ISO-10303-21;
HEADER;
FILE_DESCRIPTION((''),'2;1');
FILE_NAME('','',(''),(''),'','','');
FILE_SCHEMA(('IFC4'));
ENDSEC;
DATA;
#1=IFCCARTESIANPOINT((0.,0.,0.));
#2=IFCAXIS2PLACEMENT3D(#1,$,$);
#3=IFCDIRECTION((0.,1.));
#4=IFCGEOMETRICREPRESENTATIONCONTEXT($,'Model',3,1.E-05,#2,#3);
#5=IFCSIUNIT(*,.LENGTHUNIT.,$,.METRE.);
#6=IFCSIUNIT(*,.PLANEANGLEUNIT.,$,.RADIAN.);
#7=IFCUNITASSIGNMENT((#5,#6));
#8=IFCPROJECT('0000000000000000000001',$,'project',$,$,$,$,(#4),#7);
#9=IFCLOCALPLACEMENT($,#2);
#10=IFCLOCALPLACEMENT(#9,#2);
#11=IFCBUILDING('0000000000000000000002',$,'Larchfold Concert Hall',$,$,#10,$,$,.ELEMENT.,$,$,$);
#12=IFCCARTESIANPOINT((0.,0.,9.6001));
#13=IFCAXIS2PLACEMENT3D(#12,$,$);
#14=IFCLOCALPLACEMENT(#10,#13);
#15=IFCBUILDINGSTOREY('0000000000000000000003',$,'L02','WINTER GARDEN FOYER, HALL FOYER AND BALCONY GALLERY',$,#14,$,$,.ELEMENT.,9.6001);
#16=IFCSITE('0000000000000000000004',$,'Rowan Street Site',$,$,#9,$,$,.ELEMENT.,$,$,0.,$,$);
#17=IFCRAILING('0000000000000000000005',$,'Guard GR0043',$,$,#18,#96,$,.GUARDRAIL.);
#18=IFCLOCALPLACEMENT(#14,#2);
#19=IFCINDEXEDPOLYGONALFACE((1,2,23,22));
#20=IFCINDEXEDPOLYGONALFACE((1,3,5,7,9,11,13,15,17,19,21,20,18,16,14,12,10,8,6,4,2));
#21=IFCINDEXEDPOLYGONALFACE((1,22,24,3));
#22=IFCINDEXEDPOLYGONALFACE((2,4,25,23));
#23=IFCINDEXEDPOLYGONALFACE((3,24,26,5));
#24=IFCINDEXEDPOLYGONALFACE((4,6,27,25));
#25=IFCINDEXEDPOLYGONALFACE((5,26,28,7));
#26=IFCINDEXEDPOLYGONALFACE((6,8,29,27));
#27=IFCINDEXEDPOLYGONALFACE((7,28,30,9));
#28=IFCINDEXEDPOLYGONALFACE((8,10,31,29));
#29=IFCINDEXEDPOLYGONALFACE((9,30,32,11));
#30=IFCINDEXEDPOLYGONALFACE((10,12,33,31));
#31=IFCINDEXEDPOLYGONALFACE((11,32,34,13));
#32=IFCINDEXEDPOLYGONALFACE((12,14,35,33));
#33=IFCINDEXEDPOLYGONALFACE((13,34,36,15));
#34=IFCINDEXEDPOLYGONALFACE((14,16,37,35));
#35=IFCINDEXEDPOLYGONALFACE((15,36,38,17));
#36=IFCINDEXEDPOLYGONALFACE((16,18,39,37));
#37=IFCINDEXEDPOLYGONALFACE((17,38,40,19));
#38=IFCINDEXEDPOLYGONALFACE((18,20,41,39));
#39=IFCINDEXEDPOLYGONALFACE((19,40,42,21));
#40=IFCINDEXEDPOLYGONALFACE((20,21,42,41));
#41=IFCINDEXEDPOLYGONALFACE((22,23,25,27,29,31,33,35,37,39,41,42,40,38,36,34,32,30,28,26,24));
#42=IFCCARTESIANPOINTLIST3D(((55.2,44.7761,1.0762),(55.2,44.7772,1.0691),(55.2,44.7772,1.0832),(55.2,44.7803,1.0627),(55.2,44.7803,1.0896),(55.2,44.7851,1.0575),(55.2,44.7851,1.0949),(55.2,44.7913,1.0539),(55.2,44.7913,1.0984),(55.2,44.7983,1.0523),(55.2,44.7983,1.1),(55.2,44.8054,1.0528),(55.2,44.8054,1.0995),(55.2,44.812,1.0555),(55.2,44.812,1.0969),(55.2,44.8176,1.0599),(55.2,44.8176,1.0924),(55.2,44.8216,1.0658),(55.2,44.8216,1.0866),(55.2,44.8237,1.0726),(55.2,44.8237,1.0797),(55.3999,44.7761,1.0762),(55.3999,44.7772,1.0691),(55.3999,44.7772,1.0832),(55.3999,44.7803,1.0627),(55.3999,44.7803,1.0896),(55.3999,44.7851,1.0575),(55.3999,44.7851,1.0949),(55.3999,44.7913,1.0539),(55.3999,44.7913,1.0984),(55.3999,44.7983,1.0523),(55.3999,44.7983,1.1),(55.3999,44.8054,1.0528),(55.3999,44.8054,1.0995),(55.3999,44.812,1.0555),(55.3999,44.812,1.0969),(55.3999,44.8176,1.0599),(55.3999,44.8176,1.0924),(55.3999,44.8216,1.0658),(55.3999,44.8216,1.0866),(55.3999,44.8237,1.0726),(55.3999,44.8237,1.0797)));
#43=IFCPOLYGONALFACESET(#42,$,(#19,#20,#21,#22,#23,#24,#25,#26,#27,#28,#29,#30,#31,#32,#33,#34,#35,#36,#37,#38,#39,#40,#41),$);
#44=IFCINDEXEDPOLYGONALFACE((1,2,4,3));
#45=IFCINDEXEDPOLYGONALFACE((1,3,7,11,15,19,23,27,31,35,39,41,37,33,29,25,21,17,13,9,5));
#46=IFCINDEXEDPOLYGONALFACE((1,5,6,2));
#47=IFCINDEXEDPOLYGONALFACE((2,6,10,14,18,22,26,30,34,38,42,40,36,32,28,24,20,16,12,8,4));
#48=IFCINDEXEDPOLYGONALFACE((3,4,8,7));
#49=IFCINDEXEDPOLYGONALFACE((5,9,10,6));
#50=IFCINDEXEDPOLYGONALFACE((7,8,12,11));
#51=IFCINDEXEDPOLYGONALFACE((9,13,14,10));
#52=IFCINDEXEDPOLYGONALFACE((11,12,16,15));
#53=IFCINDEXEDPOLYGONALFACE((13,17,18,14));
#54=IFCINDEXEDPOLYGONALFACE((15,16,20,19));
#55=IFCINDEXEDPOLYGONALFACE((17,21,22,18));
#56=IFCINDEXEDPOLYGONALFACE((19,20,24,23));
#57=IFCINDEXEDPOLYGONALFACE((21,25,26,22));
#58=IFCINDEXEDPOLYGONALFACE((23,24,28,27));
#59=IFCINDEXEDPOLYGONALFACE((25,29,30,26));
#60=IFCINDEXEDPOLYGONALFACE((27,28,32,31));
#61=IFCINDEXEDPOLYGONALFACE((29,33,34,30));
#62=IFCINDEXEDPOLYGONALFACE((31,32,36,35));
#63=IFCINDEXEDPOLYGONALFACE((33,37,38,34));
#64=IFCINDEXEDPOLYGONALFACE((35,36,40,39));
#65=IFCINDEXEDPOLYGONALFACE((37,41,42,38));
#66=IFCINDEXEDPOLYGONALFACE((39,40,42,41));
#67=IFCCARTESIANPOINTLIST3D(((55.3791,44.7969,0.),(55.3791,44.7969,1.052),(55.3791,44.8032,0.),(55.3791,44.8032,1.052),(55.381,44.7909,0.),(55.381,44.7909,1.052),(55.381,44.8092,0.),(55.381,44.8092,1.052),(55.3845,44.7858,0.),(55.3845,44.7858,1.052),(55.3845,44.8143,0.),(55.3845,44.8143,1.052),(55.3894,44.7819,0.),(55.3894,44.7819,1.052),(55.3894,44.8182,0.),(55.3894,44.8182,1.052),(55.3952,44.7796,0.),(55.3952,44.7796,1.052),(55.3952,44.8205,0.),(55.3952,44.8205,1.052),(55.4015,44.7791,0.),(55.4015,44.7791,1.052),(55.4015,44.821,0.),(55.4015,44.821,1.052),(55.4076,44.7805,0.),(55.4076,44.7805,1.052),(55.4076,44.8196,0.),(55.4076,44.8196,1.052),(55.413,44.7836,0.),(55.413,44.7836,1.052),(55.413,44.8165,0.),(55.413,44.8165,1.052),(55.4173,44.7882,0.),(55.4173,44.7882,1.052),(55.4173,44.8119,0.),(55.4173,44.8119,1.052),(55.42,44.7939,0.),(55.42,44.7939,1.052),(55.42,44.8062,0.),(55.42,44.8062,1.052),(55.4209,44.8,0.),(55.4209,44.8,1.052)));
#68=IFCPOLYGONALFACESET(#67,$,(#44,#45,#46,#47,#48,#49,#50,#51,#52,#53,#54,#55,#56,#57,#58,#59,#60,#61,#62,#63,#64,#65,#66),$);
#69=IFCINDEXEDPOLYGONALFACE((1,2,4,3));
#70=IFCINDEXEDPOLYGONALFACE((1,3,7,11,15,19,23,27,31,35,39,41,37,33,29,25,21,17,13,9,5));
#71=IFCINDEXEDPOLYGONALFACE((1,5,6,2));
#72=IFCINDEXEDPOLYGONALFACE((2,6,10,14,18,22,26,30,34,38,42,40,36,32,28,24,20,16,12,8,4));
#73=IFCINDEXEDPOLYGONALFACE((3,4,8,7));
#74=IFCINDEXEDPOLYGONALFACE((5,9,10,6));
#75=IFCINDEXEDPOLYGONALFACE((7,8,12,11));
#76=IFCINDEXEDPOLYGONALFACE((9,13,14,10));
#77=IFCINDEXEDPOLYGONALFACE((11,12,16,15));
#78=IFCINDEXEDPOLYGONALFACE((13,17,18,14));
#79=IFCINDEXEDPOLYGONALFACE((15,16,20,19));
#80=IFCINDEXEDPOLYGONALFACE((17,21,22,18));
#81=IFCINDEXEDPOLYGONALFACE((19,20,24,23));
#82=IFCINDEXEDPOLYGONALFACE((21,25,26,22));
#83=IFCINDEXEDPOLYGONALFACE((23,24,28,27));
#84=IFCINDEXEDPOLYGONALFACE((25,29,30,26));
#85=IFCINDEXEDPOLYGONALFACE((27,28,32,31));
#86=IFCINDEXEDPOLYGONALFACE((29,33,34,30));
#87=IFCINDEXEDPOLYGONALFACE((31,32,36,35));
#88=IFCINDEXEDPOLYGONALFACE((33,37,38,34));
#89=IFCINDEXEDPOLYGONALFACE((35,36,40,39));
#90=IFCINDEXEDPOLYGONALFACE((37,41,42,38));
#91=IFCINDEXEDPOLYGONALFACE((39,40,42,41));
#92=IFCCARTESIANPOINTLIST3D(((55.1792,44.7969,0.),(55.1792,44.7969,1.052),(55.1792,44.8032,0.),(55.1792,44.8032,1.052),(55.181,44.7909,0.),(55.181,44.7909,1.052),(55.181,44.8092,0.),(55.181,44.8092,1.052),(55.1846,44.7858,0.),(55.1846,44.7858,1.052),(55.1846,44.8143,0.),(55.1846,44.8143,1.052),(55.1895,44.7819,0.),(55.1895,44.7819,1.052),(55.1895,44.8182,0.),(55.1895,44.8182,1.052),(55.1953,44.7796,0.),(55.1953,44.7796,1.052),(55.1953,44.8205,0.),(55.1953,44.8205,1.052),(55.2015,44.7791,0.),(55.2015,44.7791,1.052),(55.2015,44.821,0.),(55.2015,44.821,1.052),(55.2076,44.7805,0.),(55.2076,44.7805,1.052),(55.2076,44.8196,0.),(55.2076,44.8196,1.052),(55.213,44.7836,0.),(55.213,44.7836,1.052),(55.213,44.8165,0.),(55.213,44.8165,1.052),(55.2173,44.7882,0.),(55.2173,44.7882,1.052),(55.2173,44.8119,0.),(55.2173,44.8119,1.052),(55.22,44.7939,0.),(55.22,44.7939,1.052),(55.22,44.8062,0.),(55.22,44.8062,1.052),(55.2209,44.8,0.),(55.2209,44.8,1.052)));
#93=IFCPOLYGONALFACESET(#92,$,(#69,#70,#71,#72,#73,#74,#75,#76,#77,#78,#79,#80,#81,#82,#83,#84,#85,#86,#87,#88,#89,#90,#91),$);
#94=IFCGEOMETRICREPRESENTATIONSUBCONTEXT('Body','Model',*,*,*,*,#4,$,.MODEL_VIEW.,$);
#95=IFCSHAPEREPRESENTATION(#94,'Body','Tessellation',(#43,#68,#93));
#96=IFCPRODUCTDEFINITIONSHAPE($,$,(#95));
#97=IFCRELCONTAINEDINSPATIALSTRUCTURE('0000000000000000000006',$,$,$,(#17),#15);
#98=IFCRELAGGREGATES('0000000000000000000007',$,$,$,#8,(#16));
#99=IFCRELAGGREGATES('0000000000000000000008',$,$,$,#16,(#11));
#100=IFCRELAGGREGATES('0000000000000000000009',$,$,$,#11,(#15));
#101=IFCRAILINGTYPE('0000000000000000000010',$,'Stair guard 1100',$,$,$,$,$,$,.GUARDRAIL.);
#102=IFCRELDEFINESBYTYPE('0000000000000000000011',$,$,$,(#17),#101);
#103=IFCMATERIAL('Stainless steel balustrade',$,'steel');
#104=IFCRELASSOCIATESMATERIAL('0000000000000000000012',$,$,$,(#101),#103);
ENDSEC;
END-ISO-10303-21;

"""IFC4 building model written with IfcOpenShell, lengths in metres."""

from ifc_helpers import new_model, si_unit, direction, frame, origin, origin_2d, place, context, subcontext, project, spatial, circle, extrude, material, type_object, element, save


model = new_model("IFC4")

# Units and contexts
model_context = context("Model", 3, precision=1e-05, world=origin(), true_north=direction((0.0, 1.0)))
body_context = subcontext(model_context, "Body", "Model", "MODEL_VIEW")
ifc_project = project(units=[si_unit("LENGTHUNIT", "METRE"), si_unit("PLANEANGLEUNIT", "RADIAN")], contexts=[model_context])

# Site, building, storey
site_placement = place(None, origin())
site = spatial("IfcSite", under=ifc_project, at=site_placement, Name="Rowan Street Site", CompositionType="ELEMENT", RefElevation=0.0)
building_placement = place(site_placement, origin())
building = spatial("IfcBuilding", under=site, at=building_placement, Name="Larchfold Concert Hall", CompositionType="ELEMENT")
storey_placement = place(building_placement, frame((0.0, 0.0, 9.6001)))
storey = spatial("IfcBuildingStorey", under=building, at=storey_placement, Name="L02", Description="WINTER GARDEN FOYER, HALL FOYER AND BALCONY GALLERY", CompositionType="ELEMENT", Elevation=9.6001)

# Railing
ifc_material_1 = material(Name="Stainless steel balustrade", Category="steel")
railing_type_1 = type_object("IfcRailingType", Name="Stair guard 1100", PredefinedType="GUARDRAIL", material=ifc_material_1)
railing_1_placement = place(storey_placement, frame((55.3999, 44.8, 0.0)))
element("IfcRailing", 1, at=railing_1_placement, inside=storey, type_object=railing_type_1, Name="Guard GR0043", PredefinedType="GUARDRAIL", context=body_context, shape_type="SweptSolid", body=[
    extrude(circle(Radius=0.0239, at=origin_2d()), frame((0.0, 0.0, 1.0762), z_axis=(-1.0, 0.0, 0.0), x_axis=(0.0, -1.0, 0.0)), (0.0, 0.0, 1.0), 0.2),
    extrude(circle(Radius=0.021, at=origin_2d()), origin(), (0.0, 0.0, 1.0), 1.052),
    extrude(circle(Radius=0.021, at=origin_2d()), frame((-0.2, 0.0, 0.0)), (0.0, 0.0, 1.0), 1.052),
])

save(model, "model.ifc")
